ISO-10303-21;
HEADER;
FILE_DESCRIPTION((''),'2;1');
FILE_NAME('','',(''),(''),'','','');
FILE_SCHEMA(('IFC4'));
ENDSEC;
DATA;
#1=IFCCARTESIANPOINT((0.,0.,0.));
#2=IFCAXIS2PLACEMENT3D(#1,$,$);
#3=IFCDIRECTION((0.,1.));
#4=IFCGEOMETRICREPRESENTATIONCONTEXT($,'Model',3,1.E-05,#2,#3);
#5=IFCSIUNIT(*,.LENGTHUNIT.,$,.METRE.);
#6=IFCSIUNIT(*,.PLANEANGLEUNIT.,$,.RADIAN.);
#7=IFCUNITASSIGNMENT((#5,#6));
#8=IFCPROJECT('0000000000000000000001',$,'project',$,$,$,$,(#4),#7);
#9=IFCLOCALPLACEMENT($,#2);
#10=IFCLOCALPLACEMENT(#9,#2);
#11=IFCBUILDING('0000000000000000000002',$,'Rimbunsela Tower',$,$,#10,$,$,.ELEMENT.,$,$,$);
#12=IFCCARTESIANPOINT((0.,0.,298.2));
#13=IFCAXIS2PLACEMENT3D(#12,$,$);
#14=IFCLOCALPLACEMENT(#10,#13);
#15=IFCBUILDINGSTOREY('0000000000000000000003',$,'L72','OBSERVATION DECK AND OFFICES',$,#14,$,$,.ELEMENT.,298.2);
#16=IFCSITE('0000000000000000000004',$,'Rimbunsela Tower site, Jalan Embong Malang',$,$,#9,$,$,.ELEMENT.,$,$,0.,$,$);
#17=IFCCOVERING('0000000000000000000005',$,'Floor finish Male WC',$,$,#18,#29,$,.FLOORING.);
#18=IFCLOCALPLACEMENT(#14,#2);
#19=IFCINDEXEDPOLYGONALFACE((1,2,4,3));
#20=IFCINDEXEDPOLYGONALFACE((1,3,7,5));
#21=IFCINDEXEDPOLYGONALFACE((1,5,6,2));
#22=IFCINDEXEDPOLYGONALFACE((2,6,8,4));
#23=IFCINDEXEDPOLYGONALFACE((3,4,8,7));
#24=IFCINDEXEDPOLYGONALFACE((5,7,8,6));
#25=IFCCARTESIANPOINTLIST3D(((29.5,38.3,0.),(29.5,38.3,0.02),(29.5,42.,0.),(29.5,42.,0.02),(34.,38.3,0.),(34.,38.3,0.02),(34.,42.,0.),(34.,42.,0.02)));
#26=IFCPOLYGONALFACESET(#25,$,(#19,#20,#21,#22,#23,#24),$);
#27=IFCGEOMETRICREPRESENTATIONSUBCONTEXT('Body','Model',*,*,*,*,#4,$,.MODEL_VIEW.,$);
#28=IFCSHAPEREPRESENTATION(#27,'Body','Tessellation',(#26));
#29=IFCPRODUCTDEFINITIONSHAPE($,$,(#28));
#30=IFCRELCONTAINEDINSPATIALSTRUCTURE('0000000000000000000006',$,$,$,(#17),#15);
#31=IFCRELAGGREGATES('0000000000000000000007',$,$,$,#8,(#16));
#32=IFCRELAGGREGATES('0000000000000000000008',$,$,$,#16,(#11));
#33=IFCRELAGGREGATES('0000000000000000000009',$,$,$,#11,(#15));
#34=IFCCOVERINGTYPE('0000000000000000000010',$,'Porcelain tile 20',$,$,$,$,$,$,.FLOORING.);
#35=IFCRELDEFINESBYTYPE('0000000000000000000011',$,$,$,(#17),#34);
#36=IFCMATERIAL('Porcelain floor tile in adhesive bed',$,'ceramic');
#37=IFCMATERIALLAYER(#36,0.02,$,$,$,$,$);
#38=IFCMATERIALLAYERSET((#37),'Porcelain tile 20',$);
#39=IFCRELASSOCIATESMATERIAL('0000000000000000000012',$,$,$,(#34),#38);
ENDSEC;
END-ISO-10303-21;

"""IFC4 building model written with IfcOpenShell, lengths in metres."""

from ifc_helpers import new_model, si_unit, direction, frame, origin, place, context, subcontext, project, spatial, polyline, outline, extrude, material, layer, layer_set, type_object, element, save


model = new_model("IFC4")

# Units and contexts
model_context = context("Model", 3, precision=1e-05, world=origin(), true_north=direction((0.0, 1.0)))
body_context = subcontext(model_context, "Body", "Model", "MODEL_VIEW")
ifc_project = project(units=[si_unit("LENGTHUNIT", "METRE"), si_unit("PLANEANGLEUNIT", "RADIAN")], contexts=[model_context])

# Site, building, storey
site_placement = place(None, origin())
site = spatial("IfcSite", under=ifc_project, at=site_placement, Name="Rimbunsela Tower site, Jalan Embong Malang", CompositionType="ELEMENT", RefElevation=0.0)
building_placement = place(site_placement, origin())
building = spatial("IfcBuilding", under=site, at=building_placement, Name="Rimbunsela Tower", CompositionType="ELEMENT")
storey_placement = place(building_placement, frame((0.0, 0.0, 298.2)))
storey = spatial("IfcBuildingStorey", under=building, at=storey_placement, Name="L72", Description="OBSERVATION DECK AND OFFICES", CompositionType="ELEMENT", Elevation=298.2)

# Covering
ifc_material_1 = material(Name="Porcelain floor tile in adhesive bed", Category="ceramic")
ifc_layer_1 = layer(ifc_material_1, 0.02)
ifc_layer_set_1 = layer_set([ifc_layer_1], Name="Porcelain tile 20")
covering_type_1 = type_object("IfcCoveringType", Name="Porcelain tile 20", PredefinedType="FLOORING", material=ifc_layer_set_1)
covering_1_placement = place(storey_placement, origin())
element("IfcCovering", 1, at=covering_1_placement, inside=storey, type_object=covering_type_1, Name="Floor finish Male WC", PredefinedType="FLOORING", context=body_context, shape_type="SweptSolid", body=[
    extrude(outline(polyline([(34.0, 38.3), (34.0, 42.0), (29.5, 42.0), (29.5, 38.3), (34.0, 38.3)])), origin(), (0.0, 0.0, 1.0), 0.02),
])

save(model, "model.ifc")
